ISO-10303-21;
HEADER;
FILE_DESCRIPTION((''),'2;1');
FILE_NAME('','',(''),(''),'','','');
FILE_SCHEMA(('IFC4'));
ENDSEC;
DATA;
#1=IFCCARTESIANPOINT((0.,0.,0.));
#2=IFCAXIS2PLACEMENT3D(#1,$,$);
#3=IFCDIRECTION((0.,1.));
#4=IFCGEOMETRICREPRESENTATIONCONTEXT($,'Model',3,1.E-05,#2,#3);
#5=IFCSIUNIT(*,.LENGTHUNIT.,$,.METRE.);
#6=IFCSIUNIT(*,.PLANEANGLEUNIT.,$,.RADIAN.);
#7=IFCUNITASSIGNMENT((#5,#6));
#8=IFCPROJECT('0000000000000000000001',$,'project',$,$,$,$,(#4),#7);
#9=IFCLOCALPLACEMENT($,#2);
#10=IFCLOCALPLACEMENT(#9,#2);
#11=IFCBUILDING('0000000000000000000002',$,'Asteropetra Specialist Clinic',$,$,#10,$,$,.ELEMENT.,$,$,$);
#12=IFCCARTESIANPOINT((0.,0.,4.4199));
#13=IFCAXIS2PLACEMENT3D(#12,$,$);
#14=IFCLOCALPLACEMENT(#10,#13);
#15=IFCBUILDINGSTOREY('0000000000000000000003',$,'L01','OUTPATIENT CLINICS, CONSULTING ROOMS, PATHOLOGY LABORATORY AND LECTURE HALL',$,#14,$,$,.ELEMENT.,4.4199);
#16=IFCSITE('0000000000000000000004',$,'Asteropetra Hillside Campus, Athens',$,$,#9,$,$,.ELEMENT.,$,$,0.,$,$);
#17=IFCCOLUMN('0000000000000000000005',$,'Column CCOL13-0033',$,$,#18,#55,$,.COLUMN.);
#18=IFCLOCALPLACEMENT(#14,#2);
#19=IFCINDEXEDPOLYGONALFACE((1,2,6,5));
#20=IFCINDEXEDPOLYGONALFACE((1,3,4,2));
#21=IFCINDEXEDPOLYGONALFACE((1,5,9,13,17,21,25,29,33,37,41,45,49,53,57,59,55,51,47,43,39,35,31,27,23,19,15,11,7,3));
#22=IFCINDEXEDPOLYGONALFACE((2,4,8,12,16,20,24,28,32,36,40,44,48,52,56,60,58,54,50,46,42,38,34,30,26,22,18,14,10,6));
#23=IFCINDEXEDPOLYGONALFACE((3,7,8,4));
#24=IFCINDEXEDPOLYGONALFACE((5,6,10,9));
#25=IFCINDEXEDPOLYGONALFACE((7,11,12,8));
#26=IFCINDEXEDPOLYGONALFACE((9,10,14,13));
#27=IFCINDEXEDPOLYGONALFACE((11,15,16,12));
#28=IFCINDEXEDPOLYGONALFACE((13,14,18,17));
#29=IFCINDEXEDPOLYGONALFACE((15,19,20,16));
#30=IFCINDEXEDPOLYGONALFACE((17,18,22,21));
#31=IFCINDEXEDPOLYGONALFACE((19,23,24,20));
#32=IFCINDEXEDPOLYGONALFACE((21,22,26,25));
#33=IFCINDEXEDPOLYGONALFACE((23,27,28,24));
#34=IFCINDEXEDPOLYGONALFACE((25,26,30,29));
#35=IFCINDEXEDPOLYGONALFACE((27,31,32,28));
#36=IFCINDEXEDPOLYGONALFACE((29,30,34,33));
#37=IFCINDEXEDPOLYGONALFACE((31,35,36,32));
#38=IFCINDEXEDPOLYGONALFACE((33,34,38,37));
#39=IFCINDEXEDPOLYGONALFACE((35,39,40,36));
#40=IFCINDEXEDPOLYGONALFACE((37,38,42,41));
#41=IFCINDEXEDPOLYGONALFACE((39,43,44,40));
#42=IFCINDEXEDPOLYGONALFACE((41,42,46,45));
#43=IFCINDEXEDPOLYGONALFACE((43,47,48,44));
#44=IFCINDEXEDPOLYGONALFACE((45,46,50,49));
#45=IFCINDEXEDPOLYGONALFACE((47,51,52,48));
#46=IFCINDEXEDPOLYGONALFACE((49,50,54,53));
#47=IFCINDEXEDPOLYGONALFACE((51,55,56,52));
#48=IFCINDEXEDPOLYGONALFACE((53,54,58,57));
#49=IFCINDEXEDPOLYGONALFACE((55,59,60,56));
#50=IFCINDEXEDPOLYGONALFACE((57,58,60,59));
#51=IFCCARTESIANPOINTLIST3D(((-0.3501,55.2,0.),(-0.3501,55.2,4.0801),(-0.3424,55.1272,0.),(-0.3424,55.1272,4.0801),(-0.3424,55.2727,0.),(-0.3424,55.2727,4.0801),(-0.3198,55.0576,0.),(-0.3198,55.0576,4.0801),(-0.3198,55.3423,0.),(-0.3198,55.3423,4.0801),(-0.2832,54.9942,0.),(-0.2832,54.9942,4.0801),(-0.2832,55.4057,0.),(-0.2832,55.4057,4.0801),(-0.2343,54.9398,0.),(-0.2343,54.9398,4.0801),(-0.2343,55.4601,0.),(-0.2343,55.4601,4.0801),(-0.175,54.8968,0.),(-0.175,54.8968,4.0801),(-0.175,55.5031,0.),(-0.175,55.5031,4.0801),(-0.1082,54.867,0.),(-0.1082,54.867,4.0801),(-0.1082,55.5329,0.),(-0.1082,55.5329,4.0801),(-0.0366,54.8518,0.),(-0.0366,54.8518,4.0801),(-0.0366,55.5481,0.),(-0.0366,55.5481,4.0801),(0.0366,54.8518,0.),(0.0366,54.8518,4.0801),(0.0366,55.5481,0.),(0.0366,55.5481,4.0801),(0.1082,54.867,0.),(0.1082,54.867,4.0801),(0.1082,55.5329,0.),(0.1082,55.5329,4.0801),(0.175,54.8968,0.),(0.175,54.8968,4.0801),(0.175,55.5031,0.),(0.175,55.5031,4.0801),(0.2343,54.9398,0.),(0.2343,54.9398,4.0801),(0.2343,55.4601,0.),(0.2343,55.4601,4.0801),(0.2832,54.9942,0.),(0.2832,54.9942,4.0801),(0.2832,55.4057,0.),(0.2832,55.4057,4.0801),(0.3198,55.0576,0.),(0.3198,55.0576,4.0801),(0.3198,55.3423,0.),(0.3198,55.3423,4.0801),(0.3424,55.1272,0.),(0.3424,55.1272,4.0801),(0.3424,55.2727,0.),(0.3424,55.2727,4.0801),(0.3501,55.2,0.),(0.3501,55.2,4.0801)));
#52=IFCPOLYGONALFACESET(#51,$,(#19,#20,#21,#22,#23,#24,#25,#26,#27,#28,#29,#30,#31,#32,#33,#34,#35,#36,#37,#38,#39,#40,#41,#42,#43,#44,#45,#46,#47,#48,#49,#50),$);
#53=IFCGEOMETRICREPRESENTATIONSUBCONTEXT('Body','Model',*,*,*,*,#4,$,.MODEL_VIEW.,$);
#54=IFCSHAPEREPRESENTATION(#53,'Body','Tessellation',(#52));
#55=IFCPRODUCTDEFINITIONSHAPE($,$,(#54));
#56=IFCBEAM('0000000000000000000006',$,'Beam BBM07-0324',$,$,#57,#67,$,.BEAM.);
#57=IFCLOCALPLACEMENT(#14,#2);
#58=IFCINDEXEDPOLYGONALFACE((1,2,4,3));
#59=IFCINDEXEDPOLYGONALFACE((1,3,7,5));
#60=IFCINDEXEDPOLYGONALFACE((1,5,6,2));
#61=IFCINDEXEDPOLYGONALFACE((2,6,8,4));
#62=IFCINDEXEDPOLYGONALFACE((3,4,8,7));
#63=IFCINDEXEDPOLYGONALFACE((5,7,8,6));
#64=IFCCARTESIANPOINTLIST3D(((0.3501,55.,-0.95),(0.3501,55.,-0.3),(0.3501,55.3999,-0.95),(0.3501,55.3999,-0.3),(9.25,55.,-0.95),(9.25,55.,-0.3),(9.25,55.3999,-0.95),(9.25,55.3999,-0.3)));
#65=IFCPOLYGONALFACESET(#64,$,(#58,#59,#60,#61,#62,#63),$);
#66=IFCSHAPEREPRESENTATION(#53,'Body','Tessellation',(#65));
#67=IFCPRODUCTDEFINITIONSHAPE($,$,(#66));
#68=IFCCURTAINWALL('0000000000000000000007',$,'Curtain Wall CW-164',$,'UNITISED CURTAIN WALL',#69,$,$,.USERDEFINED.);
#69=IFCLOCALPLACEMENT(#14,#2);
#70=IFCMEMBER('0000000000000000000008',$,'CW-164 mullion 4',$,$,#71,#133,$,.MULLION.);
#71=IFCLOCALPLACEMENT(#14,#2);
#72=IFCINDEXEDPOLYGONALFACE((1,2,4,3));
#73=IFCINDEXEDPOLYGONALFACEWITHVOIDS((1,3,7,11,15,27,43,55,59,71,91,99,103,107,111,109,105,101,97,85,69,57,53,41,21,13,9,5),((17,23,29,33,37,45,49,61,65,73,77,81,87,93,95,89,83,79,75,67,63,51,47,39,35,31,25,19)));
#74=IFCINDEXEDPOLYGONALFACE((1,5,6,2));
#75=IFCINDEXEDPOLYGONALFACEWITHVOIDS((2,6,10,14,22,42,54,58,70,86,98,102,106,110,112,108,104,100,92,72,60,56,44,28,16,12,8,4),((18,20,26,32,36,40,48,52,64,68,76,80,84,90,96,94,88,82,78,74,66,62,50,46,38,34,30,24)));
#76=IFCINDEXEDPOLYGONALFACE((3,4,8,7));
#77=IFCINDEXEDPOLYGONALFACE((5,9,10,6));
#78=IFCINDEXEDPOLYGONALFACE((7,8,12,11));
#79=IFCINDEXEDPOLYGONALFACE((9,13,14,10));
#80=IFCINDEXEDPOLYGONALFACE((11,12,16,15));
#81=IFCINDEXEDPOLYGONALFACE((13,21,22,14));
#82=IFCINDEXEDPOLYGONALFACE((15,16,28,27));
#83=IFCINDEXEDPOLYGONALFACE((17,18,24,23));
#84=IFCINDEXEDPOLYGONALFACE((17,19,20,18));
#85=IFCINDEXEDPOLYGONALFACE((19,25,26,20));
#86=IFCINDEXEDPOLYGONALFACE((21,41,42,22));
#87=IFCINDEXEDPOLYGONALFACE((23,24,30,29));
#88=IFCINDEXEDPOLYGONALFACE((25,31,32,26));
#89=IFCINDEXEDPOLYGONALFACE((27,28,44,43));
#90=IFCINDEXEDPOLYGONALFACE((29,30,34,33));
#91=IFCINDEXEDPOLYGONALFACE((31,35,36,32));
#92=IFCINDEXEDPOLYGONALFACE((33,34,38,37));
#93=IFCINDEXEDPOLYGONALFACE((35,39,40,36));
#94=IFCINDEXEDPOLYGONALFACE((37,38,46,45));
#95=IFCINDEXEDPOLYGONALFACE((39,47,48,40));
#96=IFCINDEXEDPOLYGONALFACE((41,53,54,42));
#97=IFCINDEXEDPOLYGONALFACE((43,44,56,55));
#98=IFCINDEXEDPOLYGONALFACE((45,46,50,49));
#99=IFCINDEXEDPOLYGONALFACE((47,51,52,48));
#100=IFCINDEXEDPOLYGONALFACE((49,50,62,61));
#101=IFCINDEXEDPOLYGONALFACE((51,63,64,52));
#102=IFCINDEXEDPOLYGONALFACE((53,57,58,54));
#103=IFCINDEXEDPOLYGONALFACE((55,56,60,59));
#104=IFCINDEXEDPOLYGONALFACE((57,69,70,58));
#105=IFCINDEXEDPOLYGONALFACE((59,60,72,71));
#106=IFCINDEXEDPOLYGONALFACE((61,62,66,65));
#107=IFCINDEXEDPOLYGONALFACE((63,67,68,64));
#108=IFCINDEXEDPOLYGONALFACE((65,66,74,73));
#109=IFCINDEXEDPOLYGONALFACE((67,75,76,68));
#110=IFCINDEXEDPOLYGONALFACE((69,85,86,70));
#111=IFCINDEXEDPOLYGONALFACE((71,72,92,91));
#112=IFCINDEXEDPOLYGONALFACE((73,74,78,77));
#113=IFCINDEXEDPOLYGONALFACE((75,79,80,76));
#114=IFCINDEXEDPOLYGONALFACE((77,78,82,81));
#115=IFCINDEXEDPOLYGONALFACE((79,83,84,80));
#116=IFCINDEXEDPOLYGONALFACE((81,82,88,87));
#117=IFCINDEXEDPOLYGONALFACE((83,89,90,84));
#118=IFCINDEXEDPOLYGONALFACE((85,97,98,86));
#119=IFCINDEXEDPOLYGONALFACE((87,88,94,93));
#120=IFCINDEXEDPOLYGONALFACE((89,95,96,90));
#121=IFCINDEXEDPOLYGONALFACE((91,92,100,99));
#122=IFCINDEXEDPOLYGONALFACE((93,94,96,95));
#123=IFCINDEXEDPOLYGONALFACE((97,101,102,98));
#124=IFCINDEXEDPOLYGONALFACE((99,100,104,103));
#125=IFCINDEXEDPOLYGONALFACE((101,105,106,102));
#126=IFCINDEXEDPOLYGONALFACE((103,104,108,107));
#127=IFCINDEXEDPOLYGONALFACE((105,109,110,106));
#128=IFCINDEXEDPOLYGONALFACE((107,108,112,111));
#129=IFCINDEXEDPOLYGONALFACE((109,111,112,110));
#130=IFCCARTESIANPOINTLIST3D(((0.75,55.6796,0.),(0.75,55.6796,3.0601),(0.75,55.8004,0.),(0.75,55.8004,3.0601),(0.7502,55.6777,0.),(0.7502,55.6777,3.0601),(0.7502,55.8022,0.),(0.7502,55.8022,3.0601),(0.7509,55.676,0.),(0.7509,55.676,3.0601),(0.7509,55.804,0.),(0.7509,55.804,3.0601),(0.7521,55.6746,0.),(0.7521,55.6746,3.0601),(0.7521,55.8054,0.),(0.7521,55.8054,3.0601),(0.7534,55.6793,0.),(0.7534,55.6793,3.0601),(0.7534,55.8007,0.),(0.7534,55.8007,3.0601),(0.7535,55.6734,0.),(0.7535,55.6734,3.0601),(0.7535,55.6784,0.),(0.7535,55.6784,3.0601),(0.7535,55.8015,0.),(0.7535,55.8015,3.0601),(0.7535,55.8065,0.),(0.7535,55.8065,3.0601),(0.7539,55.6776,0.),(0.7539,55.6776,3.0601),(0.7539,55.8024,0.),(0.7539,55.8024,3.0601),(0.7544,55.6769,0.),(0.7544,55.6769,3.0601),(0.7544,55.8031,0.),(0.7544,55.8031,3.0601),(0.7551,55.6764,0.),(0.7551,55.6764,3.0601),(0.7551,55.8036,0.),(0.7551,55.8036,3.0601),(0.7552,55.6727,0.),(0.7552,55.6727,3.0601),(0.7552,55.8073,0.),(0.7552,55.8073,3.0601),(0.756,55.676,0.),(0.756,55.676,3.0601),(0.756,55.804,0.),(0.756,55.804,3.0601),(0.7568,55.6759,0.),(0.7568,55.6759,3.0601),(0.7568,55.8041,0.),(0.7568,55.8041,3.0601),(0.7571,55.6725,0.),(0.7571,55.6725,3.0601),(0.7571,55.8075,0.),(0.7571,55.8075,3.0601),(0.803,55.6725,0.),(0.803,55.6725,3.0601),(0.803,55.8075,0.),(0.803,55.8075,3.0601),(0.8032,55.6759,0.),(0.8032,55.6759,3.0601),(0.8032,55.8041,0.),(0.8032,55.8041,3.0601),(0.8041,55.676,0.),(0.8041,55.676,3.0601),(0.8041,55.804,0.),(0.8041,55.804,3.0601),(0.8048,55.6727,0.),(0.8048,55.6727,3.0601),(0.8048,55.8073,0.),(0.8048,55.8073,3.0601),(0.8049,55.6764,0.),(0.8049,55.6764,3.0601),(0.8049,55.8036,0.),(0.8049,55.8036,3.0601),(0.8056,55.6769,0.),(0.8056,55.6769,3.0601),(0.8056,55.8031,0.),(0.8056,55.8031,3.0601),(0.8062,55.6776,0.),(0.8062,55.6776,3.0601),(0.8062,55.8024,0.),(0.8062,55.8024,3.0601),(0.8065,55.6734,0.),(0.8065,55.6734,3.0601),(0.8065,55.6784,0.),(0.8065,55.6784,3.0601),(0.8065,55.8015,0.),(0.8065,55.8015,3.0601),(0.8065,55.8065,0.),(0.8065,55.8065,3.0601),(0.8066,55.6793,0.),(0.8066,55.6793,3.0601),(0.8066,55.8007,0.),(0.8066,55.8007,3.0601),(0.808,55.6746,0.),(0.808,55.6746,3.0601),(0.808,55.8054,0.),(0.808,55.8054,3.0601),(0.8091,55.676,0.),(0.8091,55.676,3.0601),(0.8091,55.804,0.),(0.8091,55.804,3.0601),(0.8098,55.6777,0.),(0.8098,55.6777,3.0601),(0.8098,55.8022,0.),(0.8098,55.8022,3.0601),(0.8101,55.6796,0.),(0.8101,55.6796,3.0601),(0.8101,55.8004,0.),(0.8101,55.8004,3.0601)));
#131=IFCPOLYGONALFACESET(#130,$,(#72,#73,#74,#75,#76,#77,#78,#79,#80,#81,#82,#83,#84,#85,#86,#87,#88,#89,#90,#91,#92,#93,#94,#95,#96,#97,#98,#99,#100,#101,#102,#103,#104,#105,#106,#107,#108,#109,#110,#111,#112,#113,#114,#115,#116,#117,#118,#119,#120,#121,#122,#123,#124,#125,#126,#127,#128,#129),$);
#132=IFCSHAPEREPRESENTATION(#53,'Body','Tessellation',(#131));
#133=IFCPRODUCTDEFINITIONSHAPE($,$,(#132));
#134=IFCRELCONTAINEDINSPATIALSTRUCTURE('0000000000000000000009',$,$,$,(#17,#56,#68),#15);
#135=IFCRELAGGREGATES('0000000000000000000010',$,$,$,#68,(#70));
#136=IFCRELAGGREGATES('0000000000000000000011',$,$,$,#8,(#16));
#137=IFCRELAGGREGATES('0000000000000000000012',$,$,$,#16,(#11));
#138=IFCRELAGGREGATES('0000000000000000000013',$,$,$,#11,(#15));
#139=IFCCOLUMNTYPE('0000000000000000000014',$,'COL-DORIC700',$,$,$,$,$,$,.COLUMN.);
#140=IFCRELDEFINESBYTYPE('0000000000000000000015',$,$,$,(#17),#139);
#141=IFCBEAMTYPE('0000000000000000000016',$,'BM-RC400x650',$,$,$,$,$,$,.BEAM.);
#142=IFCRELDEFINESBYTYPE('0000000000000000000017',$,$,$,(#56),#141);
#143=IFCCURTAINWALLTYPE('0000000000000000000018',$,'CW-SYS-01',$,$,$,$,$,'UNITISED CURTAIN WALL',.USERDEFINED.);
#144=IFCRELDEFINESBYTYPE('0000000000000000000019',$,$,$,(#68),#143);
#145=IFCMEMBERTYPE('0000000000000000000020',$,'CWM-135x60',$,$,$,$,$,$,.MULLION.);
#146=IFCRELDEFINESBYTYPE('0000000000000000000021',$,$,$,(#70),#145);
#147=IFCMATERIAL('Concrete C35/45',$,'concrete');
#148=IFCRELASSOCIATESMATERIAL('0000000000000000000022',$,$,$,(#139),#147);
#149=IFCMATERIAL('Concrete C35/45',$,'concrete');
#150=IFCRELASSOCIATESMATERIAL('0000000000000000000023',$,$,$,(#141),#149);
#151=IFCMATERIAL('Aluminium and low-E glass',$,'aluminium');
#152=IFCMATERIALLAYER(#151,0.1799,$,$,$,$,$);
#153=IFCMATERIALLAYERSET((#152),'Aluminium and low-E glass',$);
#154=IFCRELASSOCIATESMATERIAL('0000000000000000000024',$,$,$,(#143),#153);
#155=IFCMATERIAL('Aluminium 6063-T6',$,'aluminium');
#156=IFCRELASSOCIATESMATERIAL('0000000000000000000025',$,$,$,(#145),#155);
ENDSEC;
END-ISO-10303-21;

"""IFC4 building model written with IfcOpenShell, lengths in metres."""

from ifc_helpers import new_model, si_unit, direction, frame, origin, origin_2d, place, context, subcontext, project, spatial, rectangle, hollow_rectangle, circle, extrude, material, layer, layer_set, material_profile, profile_set, type_object, element, aggregate, save


model = new_model("IFC4")

# Units and contexts
model_context = context("Model", 3, precision=1e-05, world=origin(), true_north=direction((0.0, 1.0)))
body_context = subcontext(model_context, "Body", "Model", "MODEL_VIEW")
ifc_project = project(units=[si_unit("LENGTHUNIT", "METRE"), si_unit("PLANEANGLEUNIT", "RADIAN")], contexts=[model_context])

# Site, building, storey
site_placement = place(None, origin())
site = spatial("IfcSite", under=ifc_project, at=site_placement, Name="Asteropetra Hillside Campus, Athens", CompositionType="ELEMENT", RefElevation=0.0)
building_placement = place(site_placement, origin())
building = spatial("IfcBuilding", under=site, at=building_placement, Name="Asteropetra Specialist Clinic", CompositionType="ELEMENT")
storey_placement = place(building_placement, frame((0.0, 0.0, 4.4199)))
storey = spatial("IfcBuildingStorey", under=building, at=storey_placement, Name="L01", Description="OUTPATIENT CLINICS, CONSULTING ROOMS, PATHOLOGY LABORATORY AND LECTURE HALL", CompositionType="ELEMENT", Elevation=4.4199)

# Column
ifc_material_1 = material(Name="Concrete C35/45", Category="concrete")
ifc_material_profile_1 = material_profile(ifc_material_1, circle(Radius=0.3501, at=origin_2d()), Name="RCC D700")
ifc_profile_set_1 = profile_set([ifc_material_profile_1], Name="Concrete C35/45")
column_type = type_object("IfcColumnType", Name="COL-DORIC700", PredefinedType="COLUMN", material=ifc_profile_set_1)
column_placement = place(storey_placement, frame((0.0, 55.2, 0.0), z_axis=(0.0, 0.0, 1.0), x_axis=(1.0, 0.0, 0.0)))
element("IfcColumn", 1, at=column_placement, inside=storey, type_object=column_type, Name="Column CCOL13-0033", PredefinedType="COLUMN", context=body_context, shape_type="SweptSolid", body=[
    extrude(circle(Radius=0.3501, at=origin_2d()), origin(), (0.0, 0.0, 1.0), 4.0801),
])

# Beam
ifc_material_2 = material(Name="Concrete C35/45", Category="concrete")
ifc_material_profile_2 = material_profile(ifc_material_2, rectangle(XDim=0.3999, YDim=0.6499, at=origin_2d()), Name="RCB 400x650")
ifc_profile_set_2 = profile_set([ifc_material_profile_2], Name="Concrete C35/45")
beam_type_1 = type_object("IfcBeamType", Name="BM-RC400x650", PredefinedType="BEAM", material=ifc_profile_set_2)
beam_1_placement = place(storey_placement, frame((0.3501, 55.2, -0.625), z_axis=(1.0, 0.0, 0.0), x_axis=(0.0, 1.0, 0.0)))
element("IfcBeam", 2, at=beam_1_placement, inside=storey, type_object=beam_type_1, Name="Beam BBM07-0324", PredefinedType="BEAM", context=body_context, shape_type="SweptSolid", body=[
    extrude(rectangle(XDim=0.3999, YDim=0.6499, at=origin_2d()), origin(), (0.0, 0.0, 1.0), 8.8999),
])

# Curtain wall, member
ifc_material_3 = material(Name="Aluminium and low-E glass", Category="aluminium")
ifc_layer_1 = layer(ifc_material_3, 0.1799)
ifc_layer_set_1 = layer_set([ifc_layer_1], Name="Aluminium and low-E glass")
curtain_wall_type_1 = type_object("IfcCurtainWallType", Name="CW-SYS-01", ElementType="UNITISED CURTAIN WALL", PredefinedType="USERDEFINED", material=ifc_layer_set_1)
curtain_wall_1_placement = place(storey_placement, origin())
curtain_wall_1 = element("IfcCurtainWall", 3, at=curtain_wall_1_placement, inside=storey, type_object=curtain_wall_type_1, Name="Curtain Wall CW-164", ObjectType="UNITISED CURTAIN WALL", PredefinedType="USERDEFINED")
ifc_material_4 = material(Name="Aluminium 6063-T6", Category="aluminium")
ifc_material_profile_3 = material_profile(ifc_material_4, hollow_rectangle(XDim=0.0601, YDim=0.135, WallThickness=0.0034, InnerFilletRadius=0.0034, OuterFilletRadius=0.0071, at=origin_2d()), Name="MUL 135x60x3.5")
ifc_profile_set_3 = profile_set([ifc_material_profile_3], Name="Aluminium 6063-T6")
member_type_1 = type_object("IfcMemberType", Name="CWM-135x60", PredefinedType="MULLION", material=ifc_profile_set_3)
member_1_placement = place(storey_placement, frame((0.78, 55.74, 0.0), z_axis=(0.0, 0.0, 1.0), x_axis=(1.0, 0.0, 0.0)))
member_1 = element("IfcMember", 4, at=member_1_placement, type_object=member_type_1, Name="CW-164 mullion 4", PredefinedType="MULLION", context=body_context, shape_type="SweptSolid", body=[
    extrude(hollow_rectangle(XDim=0.0601, YDim=0.135, WallThickness=0.0034, InnerFilletRadius=0.0034, OuterFilletRadius=0.0071, at=origin_2d()), origin(), (0.0, 0.0, 1.0), 3.0601),
])

aggregate(curtain_wall_1, [member_1])

save(model, "model.ifc")
